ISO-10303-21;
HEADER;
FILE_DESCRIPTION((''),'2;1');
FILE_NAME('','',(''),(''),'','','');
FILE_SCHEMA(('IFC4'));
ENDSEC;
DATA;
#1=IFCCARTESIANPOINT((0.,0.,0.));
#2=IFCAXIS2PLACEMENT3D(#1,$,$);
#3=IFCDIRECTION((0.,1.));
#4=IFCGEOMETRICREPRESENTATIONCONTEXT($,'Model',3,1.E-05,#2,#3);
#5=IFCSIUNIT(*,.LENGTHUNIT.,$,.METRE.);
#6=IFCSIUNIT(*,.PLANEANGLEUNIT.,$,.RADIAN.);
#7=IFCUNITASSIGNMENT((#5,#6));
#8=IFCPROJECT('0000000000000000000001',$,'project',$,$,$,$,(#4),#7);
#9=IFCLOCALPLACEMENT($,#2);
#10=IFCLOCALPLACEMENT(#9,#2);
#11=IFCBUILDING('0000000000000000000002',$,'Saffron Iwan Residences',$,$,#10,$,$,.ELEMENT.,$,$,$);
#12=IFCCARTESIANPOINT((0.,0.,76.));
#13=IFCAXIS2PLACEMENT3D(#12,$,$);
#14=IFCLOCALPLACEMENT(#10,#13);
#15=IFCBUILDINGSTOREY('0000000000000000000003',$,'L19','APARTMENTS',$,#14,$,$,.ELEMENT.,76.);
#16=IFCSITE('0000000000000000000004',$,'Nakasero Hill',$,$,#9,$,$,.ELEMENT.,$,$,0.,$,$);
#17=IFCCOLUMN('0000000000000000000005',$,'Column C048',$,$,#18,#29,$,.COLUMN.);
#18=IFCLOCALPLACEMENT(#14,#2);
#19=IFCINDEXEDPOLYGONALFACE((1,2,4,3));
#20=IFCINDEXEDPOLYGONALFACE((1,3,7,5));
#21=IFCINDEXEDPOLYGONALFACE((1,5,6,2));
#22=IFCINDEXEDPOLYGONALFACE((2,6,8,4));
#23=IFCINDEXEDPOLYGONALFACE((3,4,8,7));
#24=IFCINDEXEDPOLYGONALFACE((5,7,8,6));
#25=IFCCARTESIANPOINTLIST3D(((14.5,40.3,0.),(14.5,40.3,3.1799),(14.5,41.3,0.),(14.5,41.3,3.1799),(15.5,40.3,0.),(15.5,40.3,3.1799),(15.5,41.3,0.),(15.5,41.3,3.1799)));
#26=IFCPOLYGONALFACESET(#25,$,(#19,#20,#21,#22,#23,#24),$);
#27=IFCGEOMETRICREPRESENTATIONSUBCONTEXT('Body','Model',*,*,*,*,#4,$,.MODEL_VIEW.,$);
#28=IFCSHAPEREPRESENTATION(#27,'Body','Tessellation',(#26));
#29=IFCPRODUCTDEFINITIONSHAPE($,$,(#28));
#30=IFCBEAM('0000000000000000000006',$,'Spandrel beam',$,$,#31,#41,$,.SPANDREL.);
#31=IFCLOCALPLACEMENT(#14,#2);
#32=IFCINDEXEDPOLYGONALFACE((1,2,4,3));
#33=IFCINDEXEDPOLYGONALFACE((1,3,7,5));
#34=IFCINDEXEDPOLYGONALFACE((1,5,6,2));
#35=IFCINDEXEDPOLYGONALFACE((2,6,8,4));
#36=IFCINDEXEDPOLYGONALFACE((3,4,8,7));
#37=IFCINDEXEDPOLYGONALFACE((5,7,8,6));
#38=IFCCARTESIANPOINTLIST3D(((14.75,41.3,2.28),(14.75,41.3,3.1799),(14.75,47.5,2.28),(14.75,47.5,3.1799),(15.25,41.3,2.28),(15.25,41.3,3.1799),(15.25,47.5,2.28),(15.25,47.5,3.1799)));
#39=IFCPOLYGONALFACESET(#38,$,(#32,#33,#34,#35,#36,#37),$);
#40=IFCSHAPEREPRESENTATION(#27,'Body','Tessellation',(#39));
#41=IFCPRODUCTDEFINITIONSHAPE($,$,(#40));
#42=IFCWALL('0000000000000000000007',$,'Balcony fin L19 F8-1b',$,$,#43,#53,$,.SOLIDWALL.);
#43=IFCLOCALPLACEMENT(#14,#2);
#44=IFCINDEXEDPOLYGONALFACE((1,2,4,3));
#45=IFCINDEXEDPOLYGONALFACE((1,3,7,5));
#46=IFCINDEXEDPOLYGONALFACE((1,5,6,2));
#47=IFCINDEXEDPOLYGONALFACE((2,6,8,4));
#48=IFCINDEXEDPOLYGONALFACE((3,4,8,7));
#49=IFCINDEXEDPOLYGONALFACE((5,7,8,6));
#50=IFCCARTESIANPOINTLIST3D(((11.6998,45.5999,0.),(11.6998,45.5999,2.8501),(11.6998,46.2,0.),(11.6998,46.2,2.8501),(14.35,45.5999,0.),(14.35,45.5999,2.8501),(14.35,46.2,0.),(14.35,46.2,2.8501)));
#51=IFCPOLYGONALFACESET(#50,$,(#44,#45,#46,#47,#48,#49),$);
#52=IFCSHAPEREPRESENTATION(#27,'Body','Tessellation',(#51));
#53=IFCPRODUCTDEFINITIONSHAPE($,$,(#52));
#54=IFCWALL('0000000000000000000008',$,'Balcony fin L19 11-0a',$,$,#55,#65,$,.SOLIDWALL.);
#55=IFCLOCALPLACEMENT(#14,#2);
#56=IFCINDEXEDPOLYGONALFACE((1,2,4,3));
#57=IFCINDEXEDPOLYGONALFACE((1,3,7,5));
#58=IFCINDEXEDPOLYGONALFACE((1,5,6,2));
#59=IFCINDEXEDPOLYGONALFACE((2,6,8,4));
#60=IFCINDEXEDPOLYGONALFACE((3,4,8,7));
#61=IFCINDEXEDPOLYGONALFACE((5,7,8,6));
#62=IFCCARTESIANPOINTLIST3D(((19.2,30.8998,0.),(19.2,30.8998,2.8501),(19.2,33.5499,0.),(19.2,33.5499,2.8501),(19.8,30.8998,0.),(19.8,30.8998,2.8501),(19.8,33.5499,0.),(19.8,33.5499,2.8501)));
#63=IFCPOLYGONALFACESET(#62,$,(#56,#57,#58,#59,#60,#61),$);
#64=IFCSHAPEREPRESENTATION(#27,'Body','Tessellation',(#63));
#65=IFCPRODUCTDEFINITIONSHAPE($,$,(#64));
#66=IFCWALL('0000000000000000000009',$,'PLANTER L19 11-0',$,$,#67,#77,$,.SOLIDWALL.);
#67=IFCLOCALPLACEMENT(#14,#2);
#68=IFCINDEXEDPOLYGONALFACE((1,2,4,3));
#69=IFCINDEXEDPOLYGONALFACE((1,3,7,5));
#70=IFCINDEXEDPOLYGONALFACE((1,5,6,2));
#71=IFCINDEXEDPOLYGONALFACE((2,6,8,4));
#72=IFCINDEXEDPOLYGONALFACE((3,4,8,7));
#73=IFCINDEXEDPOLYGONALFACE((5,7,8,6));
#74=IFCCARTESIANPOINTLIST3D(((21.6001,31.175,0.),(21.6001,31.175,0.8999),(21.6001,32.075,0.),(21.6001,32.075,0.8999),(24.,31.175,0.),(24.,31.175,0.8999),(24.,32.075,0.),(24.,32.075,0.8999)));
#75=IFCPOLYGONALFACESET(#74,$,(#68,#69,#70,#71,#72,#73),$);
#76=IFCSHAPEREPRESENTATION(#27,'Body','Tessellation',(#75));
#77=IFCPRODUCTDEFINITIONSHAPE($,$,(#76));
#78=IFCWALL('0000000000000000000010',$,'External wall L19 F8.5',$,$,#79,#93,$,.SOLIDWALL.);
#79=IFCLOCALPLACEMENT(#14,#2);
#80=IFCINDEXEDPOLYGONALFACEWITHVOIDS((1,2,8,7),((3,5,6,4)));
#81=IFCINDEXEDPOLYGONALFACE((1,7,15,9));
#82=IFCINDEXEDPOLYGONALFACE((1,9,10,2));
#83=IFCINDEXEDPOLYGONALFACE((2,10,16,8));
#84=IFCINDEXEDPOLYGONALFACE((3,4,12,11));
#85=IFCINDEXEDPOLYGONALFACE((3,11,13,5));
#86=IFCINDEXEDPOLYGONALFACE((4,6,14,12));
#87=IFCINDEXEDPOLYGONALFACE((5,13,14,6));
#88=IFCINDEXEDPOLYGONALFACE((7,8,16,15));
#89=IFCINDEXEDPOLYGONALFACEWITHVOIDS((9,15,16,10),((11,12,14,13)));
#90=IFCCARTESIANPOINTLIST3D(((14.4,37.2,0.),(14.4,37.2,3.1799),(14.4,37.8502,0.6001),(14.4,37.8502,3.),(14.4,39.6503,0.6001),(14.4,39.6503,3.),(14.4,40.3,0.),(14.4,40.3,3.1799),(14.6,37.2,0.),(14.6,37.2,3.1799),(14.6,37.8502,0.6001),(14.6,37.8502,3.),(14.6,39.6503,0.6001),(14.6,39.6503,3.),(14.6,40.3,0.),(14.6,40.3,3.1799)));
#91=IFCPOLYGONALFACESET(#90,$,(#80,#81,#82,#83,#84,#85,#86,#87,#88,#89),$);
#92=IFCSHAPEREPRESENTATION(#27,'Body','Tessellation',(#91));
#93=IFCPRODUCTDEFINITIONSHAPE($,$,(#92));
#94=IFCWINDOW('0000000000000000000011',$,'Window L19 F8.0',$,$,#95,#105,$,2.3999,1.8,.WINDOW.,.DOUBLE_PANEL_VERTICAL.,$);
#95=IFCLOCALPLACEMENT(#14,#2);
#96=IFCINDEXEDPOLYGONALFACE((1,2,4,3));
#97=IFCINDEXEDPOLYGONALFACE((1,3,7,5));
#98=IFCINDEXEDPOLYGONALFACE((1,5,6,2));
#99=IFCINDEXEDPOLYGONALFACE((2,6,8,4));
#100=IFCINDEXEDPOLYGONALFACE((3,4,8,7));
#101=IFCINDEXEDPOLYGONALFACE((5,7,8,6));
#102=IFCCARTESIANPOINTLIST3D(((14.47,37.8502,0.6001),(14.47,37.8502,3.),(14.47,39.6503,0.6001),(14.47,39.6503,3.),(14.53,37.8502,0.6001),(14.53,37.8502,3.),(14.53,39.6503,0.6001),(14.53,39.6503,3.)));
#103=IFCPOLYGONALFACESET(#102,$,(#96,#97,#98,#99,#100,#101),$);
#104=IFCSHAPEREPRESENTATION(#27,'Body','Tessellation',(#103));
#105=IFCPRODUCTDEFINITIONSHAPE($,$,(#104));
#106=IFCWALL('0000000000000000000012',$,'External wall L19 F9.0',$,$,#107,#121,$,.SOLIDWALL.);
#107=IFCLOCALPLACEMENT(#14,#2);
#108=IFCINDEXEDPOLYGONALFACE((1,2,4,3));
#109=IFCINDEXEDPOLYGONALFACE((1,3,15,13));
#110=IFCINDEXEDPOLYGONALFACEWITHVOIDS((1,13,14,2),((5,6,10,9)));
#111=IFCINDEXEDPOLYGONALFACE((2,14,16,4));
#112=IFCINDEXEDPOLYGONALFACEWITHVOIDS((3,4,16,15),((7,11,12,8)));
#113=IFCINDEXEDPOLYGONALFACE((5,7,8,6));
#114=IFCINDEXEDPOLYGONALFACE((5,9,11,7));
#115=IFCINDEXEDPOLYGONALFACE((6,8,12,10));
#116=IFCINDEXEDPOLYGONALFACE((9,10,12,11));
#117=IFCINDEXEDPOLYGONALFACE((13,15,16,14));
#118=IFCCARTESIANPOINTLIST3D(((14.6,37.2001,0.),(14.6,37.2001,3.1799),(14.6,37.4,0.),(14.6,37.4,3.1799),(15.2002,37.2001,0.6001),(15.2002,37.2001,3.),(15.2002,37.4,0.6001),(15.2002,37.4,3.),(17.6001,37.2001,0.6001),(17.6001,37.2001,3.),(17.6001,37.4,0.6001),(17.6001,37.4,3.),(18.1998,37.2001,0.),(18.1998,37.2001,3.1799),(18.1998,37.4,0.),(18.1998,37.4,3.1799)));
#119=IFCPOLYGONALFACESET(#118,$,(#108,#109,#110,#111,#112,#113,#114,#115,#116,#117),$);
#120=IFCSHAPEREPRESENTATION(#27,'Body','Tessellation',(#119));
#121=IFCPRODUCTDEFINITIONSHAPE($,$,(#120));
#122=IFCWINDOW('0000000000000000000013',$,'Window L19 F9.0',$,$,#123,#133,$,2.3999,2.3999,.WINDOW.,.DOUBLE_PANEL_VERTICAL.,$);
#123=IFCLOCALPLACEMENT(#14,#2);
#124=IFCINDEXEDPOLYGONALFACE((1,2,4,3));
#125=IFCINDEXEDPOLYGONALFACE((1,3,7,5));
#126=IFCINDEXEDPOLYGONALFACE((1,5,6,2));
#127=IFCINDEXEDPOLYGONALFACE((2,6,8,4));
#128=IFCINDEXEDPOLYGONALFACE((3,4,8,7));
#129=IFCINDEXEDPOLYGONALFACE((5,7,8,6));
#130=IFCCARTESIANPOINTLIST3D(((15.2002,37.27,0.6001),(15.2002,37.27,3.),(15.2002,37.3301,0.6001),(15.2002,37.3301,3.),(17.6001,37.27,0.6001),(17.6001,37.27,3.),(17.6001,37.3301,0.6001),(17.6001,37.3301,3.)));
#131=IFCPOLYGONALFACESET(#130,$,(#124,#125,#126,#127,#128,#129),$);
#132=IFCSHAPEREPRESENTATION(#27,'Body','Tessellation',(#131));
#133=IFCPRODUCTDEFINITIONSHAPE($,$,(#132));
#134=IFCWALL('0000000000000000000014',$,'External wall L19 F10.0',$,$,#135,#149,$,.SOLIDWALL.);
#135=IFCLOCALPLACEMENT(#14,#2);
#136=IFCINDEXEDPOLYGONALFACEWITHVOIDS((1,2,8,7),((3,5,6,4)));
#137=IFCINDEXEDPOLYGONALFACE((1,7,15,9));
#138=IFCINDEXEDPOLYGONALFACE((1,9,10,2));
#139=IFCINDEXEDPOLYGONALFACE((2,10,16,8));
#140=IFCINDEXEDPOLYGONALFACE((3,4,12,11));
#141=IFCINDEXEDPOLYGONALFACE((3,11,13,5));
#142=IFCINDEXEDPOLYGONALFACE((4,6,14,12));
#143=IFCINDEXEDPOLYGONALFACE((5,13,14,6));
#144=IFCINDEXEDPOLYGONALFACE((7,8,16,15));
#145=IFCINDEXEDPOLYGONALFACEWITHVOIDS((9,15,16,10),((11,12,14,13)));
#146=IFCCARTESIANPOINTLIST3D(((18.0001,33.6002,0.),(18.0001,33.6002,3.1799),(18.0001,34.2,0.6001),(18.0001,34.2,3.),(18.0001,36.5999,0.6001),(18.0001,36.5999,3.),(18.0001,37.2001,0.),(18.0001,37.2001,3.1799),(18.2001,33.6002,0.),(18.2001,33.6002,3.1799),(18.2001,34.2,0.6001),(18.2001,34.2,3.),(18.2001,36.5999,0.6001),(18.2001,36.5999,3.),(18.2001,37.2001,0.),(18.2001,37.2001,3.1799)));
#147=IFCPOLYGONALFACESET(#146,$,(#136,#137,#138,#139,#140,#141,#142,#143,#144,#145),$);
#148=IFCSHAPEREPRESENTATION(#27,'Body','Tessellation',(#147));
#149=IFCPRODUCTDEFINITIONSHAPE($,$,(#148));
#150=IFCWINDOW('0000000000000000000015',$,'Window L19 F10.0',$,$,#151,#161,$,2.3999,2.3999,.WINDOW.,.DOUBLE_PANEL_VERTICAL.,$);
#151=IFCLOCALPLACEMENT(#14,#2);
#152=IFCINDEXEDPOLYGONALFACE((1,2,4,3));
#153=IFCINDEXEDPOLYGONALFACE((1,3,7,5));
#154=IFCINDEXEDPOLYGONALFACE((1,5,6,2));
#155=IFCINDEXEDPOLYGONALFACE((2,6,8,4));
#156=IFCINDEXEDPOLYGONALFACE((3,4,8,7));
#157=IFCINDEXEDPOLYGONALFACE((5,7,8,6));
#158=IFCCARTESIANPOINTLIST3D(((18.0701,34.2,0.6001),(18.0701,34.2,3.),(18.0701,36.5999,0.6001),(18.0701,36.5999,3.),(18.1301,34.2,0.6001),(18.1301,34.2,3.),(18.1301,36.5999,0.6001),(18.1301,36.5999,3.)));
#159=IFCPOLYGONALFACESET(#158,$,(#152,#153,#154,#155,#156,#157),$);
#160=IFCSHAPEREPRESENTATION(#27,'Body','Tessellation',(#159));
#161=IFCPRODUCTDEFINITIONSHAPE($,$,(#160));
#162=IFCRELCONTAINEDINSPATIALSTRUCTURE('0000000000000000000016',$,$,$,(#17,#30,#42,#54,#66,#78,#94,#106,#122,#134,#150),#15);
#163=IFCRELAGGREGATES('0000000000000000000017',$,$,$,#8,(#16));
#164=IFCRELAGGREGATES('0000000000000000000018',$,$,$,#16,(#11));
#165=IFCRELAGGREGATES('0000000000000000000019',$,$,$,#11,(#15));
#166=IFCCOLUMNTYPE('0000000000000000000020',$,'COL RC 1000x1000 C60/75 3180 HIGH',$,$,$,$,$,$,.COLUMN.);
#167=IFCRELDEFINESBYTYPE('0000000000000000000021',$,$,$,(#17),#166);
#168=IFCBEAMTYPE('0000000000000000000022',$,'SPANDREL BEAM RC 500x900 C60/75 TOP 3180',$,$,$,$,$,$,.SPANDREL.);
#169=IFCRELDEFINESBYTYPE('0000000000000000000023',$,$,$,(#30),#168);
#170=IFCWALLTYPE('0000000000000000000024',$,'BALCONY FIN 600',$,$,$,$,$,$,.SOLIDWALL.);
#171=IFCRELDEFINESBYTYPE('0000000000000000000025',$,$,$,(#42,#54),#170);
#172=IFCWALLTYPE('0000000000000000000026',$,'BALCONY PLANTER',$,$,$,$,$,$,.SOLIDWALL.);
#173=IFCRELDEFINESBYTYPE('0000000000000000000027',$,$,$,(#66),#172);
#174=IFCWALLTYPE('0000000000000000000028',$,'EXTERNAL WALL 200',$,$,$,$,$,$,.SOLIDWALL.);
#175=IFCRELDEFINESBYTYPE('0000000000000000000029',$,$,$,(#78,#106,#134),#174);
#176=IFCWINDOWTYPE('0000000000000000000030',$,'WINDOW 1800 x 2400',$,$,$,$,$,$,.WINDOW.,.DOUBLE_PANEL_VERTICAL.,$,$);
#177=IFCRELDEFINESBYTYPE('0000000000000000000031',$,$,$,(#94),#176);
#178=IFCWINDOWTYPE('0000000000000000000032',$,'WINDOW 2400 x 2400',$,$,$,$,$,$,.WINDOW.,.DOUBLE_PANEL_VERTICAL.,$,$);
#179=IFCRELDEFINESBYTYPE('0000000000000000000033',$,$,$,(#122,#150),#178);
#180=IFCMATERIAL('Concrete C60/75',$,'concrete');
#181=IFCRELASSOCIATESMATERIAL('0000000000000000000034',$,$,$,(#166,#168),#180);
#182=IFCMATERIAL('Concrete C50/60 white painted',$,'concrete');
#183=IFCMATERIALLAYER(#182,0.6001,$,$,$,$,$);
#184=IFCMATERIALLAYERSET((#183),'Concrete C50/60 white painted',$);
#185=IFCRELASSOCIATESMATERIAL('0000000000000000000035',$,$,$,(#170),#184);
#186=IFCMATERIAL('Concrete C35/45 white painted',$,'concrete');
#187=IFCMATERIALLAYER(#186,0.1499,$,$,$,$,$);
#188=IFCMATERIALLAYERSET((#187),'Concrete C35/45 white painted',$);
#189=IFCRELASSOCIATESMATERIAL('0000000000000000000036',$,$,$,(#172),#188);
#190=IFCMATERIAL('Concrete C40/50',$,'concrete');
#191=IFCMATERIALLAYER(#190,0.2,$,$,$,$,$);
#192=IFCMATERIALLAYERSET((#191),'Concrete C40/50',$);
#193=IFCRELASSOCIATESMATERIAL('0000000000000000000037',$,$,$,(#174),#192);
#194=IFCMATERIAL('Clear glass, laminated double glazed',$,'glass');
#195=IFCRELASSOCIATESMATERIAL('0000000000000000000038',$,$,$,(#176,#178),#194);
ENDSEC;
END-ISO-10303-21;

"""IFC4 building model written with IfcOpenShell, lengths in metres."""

from ifc_helpers import new_model, si_unit, direction, frame, frame_2d, origin, origin_2d, place, context, subcontext, project, spatial, rectangle, extrude, source, transform, mapped, material, layer, layer_set, material_profile, profile_set, type_object, element, fill, save


model = new_model("IFC4")

# Units and contexts
model_context = context("Model", 3, precision=1e-05, world=origin(), true_north=direction((0.0, 1.0)))
body_context = subcontext(model_context, "Body", "Model", "MODEL_VIEW")
ifc_project = project(units=[si_unit("LENGTHUNIT", "METRE"), si_unit("PLANEANGLEUNIT", "RADIAN")], contexts=[model_context])

# Site, building, storey
site_placement = place(None, origin())
site = spatial("IfcSite", under=ifc_project, at=site_placement, Name="Nakasero Hill", CompositionType="ELEMENT", RefElevation=0.0)
building_placement = place(site_placement, origin())
building = spatial("IfcBuilding", under=site, at=building_placement, Name="Saffron Iwan Residences", CompositionType="ELEMENT")
storey_placement = place(building_placement, frame((0.0, 0.0, 76.0)))
storey = spatial("IfcBuildingStorey", under=building, at=storey_placement, Name="L19", Description="APARTMENTS", CompositionType="ELEMENT", Elevation=76.0)

# Column
ifc_material_1 = material(Name="Concrete C60/75", Category="concrete")
ifc_material_profile_1 = material_profile(ifc_material_1, rectangle(XDim=1.0, YDim=1.0, at=origin_2d()), Name="RC 1000x1000")
ifc_profile_set_1 = profile_set([ifc_material_profile_1], Name="Concrete C60/75")
column_type = type_object("IfcColumnType", Name="COL RC 1000x1000 C60/75 3180 HIGH", PredefinedType="COLUMN", material=ifc_profile_set_1)
shared_shape_1 = source(origin(), body_context, "Body", "SweptSolid", [
    extrude(rectangle(XDim=1.0, YDim=1.0, at=origin_2d()), origin(), (0.0, 0.0, 1.0), 3.1799),
])
column_placement = place(storey_placement, frame((15.0, 40.8, 0.0), z_axis=(0.0, 0.0, 1.0), x_axis=(1.0, 0.0, 0.0)))
element("IfcColumn", 1, at=column_placement, inside=storey, type_object=column_type, Name="Column C048", PredefinedType="COLUMN", context=body_context, shape_type="MappedRepresentation", body=[
    mapped(shared_shape_1, transform((0.0, 0.0, 0.0))),
])

# Beam
ifc_material_profile_2 = material_profile(ifc_material_1, rectangle(XDim=0.5, YDim=0.8999, at=origin_2d()), Name="RC 500x900")
ifc_profile_set_2 = profile_set([ifc_material_profile_2], Name="Concrete C60/75")
beam_type = type_object("IfcBeamType", Name="SPANDREL BEAM RC 500x900 C60/75 TOP 3180", PredefinedType="SPANDREL", material=ifc_profile_set_2)
shared_shape_2 = source(origin(), body_context, "Body", "SweptSolid", [
    extrude(rectangle(XDim=0.5, YDim=0.8999, at=origin_2d()), origin(), (0.0, 0.0, 1.0), 6.2),
])
beam_placement = place(storey_placement, frame((15.0, 41.3, 2.73), z_axis=(0.0, 1.0, 0.0), x_axis=(-1.0, 0.0, 0.0)))
element("IfcBeam", 2, at=beam_placement, inside=storey, type_object=beam_type, Name="Spandrel beam", PredefinedType="SPANDREL", context=body_context, shape_type="MappedRepresentation", body=[
    mapped(shared_shape_2, transform((0.0, 0.0, 0.0))),
])

# Walls
ifc_material_2 = material(Name="Concrete C50/60 white painted", Category="concrete")
ifc_layer_1 = layer(ifc_material_2, 0.6001)
ifc_layer_set_1 = layer_set([ifc_layer_1], Name="Concrete C50/60 white painted")
wall_type_1 = type_object("IfcWallType", Name="BALCONY FIN 600", PredefinedType="SOLIDWALL", material=ifc_layer_set_1)
for number, where, z_axis, x_axis, name in (
    (3, (14.3501, 45.8999, 0.0), (0.0, 0.0, 1.0), (-1.0, 0.0, 0.0), "Balcony fin L19 F8-1b"),
    (4, (19.5, 33.55, 0.0), (0.0, 0.0, 1.0), (0.0, -1.0, 0.0), "Balcony fin L19 11-0a"),
):
    element("IfcWall", number, at=place(storey_placement, frame(where, z_axis=z_axis, x_axis=x_axis)), inside=storey, type_object=wall_type_1, Name=name, PredefinedType="SOLIDWALL", context=body_context, shape_type="SweptSolid", body=[
        extrude(rectangle(XDim=2.6501, YDim=0.6001, at=frame_2d((1.3252, 0.0))), origin(), (0.0, 0.0, 1.0), 2.8501),
    ])
ifc_material_3 = material(Name="Concrete C35/45 white painted", Category="concrete")
ifc_layer_2 = layer(ifc_material_3, 0.1499)
ifc_layer_set_2 = layer_set([ifc_layer_2], Name="Concrete C35/45 white painted")
wall_type_2 = type_object("IfcWallType", Name="BALCONY PLANTER", PredefinedType="SOLIDWALL", material=ifc_layer_set_2)
wall_1_placement = place(storey_placement, frame((21.6001, 31.625, 0.0), z_axis=(0.0, 0.0, 1.0), x_axis=(1.0, 0.0, 0.0)))
element("IfcWall", 5, at=wall_1_placement, inside=storey, type_object=wall_type_2, Name="PLANTER L19 11-0", PredefinedType="SOLIDWALL", context=body_context, shape_type="SweptSolid", body=[
    extrude(rectangle(XDim=2.3999, YDim=0.8999, at=frame_2d((1.2, 0.0))), origin(), (0.0, 0.0, 1.0), 0.8999),
])

# Walls, openings, windows
ifc_material_4 = material(Name="Concrete C40/50", Category="concrete")
ifc_layer_3 = layer(ifc_material_4, 0.2)
ifc_layer_set_3 = layer_set([ifc_layer_3], Name="Concrete C40/50")
wall_type_3 = type_object("IfcWallType", Name="EXTERNAL WALL 200", PredefinedType="SOLIDWALL", material=ifc_layer_set_3)
wall_2_placement = place(storey_placement, frame((14.5, 40.3, 0.0), z_axis=(0.0, 0.0, 1.0), x_axis=(0.0, -1.0, 0.0)))
wall_2 = element("IfcWall", 6, at=wall_2_placement, inside=storey, type_object=wall_type_3, Name="External wall L19 F8.5", PredefinedType="SOLIDWALL", context=body_context, shape_type="SweptSolid", body=[
    extrude(rectangle(XDim=3.1001, YDim=0.2, at=frame_2d((1.55, 0.0))), origin(), (0.0, 0.0, 1.0), 3.1799),
])
opening_1_placement = place(wall_2_placement, frame((0.6499, 0.0, 0.6001)))
opening_1 = element("IfcOpeningElement", 7, at=opening_1_placement, cuts=wall_2, PredefinedType="OPENING", context=body_context, shape_type="SweptSolid", body=[
    extrude(rectangle(XDim=1.8, YDim=2.3999, at=frame_2d((0.8999, 1.2))), frame((0.0, 0.1099, 0.0), z_axis=(0.0, -1.0, 0.0), x_axis=(1.0, 0.0, 0.0)), (0.0, 0.0, 1.0), 0.22),
])
ifc_material_5 = material(Name="Clear glass, laminated double glazed", Category="glass")
window_type_1 = type_object("IfcWindowType", Name="WINDOW 1800 x 2400", PartitioningType="DOUBLE_PANEL_VERTICAL", PredefinedType="WINDOW", material=ifc_material_5)
window_1_placement = place(opening_1_placement, origin())
window_1 = element("IfcWindow", 8, at=window_1_placement, inside=storey, type_object=window_type_1, Name="Window L19 F8.0", OverallHeight=2.3999, OverallWidth=1.8, PartitioningType="DOUBLE_PANEL_VERTICAL", PredefinedType="WINDOW", context=body_context, shape_type="SweptSolid", body=[
    extrude(rectangle(XDim=1.8, YDim=2.3999, at=frame_2d((0.8999, 1.2))), frame((0.0, 0.03, 0.0), z_axis=(0.0, -1.0, 0.0), x_axis=(1.0, 0.0, 0.0)), (0.0, 0.0, 1.0), 0.0601),
])
fill(opening_1, window_1)
wall_3_placement = place(storey_placement, frame((14.6001, 37.3, 0.0), z_axis=(0.0, 0.0, 1.0), x_axis=(1.0, 0.0, 0.0)))
wall_3 = element("IfcWall", 9, at=wall_3_placement, inside=storey, type_object=wall_type_3, Name="External wall L19 F9.0", PredefinedType="SOLIDWALL", context=body_context, shape_type="SweptSolid", body=[
    extrude(rectangle(XDim=3.5999, YDim=0.2, at=frame_2d((1.7998, 0.0))), origin(), (0.0, 0.0, 1.0), 3.1799),
])
opening_2_placement = place(wall_3_placement, frame((0.6001, 0.0, 0.6001)))
opening_2 = element("IfcOpeningElement", 10, at=opening_2_placement, cuts=wall_3, PredefinedType="OPENING", context=body_context, shape_type="SweptSolid", body=[
    extrude(rectangle(XDim=2.3999, YDim=2.3999, at=frame_2d((1.2, 1.2))), frame((0.0, 0.1099, 0.0), z_axis=(0.0, -1.0, 0.0), x_axis=(1.0, 0.0, 0.0)), (0.0, 0.0, 1.0), 0.22),
])
window_type_2 = type_object("IfcWindowType", Name="WINDOW 2400 x 2400", PartitioningType="DOUBLE_PANEL_VERTICAL", PredefinedType="WINDOW", material=ifc_material_5)
window_2_placement = place(opening_2_placement, origin())
window_2 = element("IfcWindow", 11, at=window_2_placement, inside=storey, type_object=window_type_2, Name="Window L19 F9.0", OverallHeight=2.3999, OverallWidth=2.3999, PartitioningType="DOUBLE_PANEL_VERTICAL", PredefinedType="WINDOW", context=body_context, shape_type="SweptSolid", body=[
    extrude(rectangle(XDim=2.3999, YDim=2.3999, at=frame_2d((1.2, 1.2))), frame((0.0, 0.03, 0.0), z_axis=(0.0, -1.0, 0.0), x_axis=(1.0, 0.0, 0.0)), (0.0, 0.0, 1.0), 0.0601),
])
fill(opening_2, window_2)
wall_4_placement = place(storey_placement, frame((18.1001, 37.2, 0.0), z_axis=(0.0, 0.0, 1.0), x_axis=(0.0, -1.0, 0.0)))
wall_4 = element("IfcWall", 12, at=wall_4_placement, inside=storey, type_object=wall_type_3, Name="External wall L19 F10.0", PredefinedType="SOLIDWALL", context=body_context, shape_type="SweptSolid", body=[
    extrude(rectangle(XDim=3.5999, YDim=0.2, at=frame_2d((1.7998, 0.0))), origin(), (0.0, 0.0, 1.0), 3.1799),
])
opening_3_placement = place(wall_4_placement, frame((0.6001, 0.0, 0.6001)))
opening_3 = element("IfcOpeningElement", 13, at=opening_3_placement, cuts=wall_4, PredefinedType="OPENING", context=body_context, shape_type="SweptSolid", body=[
    extrude(rectangle(XDim=2.3999, YDim=2.3999, at=frame_2d((1.2, 1.2))), frame((0.0, 0.1099, 0.0), z_axis=(0.0, -1.0, 0.0), x_axis=(1.0, 0.0, 0.0)), (0.0, 0.0, 1.0), 0.22),
])
window_3_placement = place(opening_3_placement, origin())
window_3 = element("IfcWindow", 14, at=window_3_placement, inside=storey, type_object=window_type_2, Name="Window L19 F10.0", OverallHeight=2.3999, OverallWidth=2.3999, PartitioningType="DOUBLE_PANEL_VERTICAL", PredefinedType="WINDOW", context=body_context, shape_type="SweptSolid", body=[
    extrude(rectangle(XDim=2.3999, YDim=2.3999, at=frame_2d((1.2, 1.2))), frame((0.0, 0.03, 0.0), z_axis=(0.0, -1.0, 0.0), x_axis=(1.0, 0.0, 0.0)), (0.0, 0.0, 1.0), 0.0601),
])
fill(opening_3, window_3)

save(model, "model.ifc")
